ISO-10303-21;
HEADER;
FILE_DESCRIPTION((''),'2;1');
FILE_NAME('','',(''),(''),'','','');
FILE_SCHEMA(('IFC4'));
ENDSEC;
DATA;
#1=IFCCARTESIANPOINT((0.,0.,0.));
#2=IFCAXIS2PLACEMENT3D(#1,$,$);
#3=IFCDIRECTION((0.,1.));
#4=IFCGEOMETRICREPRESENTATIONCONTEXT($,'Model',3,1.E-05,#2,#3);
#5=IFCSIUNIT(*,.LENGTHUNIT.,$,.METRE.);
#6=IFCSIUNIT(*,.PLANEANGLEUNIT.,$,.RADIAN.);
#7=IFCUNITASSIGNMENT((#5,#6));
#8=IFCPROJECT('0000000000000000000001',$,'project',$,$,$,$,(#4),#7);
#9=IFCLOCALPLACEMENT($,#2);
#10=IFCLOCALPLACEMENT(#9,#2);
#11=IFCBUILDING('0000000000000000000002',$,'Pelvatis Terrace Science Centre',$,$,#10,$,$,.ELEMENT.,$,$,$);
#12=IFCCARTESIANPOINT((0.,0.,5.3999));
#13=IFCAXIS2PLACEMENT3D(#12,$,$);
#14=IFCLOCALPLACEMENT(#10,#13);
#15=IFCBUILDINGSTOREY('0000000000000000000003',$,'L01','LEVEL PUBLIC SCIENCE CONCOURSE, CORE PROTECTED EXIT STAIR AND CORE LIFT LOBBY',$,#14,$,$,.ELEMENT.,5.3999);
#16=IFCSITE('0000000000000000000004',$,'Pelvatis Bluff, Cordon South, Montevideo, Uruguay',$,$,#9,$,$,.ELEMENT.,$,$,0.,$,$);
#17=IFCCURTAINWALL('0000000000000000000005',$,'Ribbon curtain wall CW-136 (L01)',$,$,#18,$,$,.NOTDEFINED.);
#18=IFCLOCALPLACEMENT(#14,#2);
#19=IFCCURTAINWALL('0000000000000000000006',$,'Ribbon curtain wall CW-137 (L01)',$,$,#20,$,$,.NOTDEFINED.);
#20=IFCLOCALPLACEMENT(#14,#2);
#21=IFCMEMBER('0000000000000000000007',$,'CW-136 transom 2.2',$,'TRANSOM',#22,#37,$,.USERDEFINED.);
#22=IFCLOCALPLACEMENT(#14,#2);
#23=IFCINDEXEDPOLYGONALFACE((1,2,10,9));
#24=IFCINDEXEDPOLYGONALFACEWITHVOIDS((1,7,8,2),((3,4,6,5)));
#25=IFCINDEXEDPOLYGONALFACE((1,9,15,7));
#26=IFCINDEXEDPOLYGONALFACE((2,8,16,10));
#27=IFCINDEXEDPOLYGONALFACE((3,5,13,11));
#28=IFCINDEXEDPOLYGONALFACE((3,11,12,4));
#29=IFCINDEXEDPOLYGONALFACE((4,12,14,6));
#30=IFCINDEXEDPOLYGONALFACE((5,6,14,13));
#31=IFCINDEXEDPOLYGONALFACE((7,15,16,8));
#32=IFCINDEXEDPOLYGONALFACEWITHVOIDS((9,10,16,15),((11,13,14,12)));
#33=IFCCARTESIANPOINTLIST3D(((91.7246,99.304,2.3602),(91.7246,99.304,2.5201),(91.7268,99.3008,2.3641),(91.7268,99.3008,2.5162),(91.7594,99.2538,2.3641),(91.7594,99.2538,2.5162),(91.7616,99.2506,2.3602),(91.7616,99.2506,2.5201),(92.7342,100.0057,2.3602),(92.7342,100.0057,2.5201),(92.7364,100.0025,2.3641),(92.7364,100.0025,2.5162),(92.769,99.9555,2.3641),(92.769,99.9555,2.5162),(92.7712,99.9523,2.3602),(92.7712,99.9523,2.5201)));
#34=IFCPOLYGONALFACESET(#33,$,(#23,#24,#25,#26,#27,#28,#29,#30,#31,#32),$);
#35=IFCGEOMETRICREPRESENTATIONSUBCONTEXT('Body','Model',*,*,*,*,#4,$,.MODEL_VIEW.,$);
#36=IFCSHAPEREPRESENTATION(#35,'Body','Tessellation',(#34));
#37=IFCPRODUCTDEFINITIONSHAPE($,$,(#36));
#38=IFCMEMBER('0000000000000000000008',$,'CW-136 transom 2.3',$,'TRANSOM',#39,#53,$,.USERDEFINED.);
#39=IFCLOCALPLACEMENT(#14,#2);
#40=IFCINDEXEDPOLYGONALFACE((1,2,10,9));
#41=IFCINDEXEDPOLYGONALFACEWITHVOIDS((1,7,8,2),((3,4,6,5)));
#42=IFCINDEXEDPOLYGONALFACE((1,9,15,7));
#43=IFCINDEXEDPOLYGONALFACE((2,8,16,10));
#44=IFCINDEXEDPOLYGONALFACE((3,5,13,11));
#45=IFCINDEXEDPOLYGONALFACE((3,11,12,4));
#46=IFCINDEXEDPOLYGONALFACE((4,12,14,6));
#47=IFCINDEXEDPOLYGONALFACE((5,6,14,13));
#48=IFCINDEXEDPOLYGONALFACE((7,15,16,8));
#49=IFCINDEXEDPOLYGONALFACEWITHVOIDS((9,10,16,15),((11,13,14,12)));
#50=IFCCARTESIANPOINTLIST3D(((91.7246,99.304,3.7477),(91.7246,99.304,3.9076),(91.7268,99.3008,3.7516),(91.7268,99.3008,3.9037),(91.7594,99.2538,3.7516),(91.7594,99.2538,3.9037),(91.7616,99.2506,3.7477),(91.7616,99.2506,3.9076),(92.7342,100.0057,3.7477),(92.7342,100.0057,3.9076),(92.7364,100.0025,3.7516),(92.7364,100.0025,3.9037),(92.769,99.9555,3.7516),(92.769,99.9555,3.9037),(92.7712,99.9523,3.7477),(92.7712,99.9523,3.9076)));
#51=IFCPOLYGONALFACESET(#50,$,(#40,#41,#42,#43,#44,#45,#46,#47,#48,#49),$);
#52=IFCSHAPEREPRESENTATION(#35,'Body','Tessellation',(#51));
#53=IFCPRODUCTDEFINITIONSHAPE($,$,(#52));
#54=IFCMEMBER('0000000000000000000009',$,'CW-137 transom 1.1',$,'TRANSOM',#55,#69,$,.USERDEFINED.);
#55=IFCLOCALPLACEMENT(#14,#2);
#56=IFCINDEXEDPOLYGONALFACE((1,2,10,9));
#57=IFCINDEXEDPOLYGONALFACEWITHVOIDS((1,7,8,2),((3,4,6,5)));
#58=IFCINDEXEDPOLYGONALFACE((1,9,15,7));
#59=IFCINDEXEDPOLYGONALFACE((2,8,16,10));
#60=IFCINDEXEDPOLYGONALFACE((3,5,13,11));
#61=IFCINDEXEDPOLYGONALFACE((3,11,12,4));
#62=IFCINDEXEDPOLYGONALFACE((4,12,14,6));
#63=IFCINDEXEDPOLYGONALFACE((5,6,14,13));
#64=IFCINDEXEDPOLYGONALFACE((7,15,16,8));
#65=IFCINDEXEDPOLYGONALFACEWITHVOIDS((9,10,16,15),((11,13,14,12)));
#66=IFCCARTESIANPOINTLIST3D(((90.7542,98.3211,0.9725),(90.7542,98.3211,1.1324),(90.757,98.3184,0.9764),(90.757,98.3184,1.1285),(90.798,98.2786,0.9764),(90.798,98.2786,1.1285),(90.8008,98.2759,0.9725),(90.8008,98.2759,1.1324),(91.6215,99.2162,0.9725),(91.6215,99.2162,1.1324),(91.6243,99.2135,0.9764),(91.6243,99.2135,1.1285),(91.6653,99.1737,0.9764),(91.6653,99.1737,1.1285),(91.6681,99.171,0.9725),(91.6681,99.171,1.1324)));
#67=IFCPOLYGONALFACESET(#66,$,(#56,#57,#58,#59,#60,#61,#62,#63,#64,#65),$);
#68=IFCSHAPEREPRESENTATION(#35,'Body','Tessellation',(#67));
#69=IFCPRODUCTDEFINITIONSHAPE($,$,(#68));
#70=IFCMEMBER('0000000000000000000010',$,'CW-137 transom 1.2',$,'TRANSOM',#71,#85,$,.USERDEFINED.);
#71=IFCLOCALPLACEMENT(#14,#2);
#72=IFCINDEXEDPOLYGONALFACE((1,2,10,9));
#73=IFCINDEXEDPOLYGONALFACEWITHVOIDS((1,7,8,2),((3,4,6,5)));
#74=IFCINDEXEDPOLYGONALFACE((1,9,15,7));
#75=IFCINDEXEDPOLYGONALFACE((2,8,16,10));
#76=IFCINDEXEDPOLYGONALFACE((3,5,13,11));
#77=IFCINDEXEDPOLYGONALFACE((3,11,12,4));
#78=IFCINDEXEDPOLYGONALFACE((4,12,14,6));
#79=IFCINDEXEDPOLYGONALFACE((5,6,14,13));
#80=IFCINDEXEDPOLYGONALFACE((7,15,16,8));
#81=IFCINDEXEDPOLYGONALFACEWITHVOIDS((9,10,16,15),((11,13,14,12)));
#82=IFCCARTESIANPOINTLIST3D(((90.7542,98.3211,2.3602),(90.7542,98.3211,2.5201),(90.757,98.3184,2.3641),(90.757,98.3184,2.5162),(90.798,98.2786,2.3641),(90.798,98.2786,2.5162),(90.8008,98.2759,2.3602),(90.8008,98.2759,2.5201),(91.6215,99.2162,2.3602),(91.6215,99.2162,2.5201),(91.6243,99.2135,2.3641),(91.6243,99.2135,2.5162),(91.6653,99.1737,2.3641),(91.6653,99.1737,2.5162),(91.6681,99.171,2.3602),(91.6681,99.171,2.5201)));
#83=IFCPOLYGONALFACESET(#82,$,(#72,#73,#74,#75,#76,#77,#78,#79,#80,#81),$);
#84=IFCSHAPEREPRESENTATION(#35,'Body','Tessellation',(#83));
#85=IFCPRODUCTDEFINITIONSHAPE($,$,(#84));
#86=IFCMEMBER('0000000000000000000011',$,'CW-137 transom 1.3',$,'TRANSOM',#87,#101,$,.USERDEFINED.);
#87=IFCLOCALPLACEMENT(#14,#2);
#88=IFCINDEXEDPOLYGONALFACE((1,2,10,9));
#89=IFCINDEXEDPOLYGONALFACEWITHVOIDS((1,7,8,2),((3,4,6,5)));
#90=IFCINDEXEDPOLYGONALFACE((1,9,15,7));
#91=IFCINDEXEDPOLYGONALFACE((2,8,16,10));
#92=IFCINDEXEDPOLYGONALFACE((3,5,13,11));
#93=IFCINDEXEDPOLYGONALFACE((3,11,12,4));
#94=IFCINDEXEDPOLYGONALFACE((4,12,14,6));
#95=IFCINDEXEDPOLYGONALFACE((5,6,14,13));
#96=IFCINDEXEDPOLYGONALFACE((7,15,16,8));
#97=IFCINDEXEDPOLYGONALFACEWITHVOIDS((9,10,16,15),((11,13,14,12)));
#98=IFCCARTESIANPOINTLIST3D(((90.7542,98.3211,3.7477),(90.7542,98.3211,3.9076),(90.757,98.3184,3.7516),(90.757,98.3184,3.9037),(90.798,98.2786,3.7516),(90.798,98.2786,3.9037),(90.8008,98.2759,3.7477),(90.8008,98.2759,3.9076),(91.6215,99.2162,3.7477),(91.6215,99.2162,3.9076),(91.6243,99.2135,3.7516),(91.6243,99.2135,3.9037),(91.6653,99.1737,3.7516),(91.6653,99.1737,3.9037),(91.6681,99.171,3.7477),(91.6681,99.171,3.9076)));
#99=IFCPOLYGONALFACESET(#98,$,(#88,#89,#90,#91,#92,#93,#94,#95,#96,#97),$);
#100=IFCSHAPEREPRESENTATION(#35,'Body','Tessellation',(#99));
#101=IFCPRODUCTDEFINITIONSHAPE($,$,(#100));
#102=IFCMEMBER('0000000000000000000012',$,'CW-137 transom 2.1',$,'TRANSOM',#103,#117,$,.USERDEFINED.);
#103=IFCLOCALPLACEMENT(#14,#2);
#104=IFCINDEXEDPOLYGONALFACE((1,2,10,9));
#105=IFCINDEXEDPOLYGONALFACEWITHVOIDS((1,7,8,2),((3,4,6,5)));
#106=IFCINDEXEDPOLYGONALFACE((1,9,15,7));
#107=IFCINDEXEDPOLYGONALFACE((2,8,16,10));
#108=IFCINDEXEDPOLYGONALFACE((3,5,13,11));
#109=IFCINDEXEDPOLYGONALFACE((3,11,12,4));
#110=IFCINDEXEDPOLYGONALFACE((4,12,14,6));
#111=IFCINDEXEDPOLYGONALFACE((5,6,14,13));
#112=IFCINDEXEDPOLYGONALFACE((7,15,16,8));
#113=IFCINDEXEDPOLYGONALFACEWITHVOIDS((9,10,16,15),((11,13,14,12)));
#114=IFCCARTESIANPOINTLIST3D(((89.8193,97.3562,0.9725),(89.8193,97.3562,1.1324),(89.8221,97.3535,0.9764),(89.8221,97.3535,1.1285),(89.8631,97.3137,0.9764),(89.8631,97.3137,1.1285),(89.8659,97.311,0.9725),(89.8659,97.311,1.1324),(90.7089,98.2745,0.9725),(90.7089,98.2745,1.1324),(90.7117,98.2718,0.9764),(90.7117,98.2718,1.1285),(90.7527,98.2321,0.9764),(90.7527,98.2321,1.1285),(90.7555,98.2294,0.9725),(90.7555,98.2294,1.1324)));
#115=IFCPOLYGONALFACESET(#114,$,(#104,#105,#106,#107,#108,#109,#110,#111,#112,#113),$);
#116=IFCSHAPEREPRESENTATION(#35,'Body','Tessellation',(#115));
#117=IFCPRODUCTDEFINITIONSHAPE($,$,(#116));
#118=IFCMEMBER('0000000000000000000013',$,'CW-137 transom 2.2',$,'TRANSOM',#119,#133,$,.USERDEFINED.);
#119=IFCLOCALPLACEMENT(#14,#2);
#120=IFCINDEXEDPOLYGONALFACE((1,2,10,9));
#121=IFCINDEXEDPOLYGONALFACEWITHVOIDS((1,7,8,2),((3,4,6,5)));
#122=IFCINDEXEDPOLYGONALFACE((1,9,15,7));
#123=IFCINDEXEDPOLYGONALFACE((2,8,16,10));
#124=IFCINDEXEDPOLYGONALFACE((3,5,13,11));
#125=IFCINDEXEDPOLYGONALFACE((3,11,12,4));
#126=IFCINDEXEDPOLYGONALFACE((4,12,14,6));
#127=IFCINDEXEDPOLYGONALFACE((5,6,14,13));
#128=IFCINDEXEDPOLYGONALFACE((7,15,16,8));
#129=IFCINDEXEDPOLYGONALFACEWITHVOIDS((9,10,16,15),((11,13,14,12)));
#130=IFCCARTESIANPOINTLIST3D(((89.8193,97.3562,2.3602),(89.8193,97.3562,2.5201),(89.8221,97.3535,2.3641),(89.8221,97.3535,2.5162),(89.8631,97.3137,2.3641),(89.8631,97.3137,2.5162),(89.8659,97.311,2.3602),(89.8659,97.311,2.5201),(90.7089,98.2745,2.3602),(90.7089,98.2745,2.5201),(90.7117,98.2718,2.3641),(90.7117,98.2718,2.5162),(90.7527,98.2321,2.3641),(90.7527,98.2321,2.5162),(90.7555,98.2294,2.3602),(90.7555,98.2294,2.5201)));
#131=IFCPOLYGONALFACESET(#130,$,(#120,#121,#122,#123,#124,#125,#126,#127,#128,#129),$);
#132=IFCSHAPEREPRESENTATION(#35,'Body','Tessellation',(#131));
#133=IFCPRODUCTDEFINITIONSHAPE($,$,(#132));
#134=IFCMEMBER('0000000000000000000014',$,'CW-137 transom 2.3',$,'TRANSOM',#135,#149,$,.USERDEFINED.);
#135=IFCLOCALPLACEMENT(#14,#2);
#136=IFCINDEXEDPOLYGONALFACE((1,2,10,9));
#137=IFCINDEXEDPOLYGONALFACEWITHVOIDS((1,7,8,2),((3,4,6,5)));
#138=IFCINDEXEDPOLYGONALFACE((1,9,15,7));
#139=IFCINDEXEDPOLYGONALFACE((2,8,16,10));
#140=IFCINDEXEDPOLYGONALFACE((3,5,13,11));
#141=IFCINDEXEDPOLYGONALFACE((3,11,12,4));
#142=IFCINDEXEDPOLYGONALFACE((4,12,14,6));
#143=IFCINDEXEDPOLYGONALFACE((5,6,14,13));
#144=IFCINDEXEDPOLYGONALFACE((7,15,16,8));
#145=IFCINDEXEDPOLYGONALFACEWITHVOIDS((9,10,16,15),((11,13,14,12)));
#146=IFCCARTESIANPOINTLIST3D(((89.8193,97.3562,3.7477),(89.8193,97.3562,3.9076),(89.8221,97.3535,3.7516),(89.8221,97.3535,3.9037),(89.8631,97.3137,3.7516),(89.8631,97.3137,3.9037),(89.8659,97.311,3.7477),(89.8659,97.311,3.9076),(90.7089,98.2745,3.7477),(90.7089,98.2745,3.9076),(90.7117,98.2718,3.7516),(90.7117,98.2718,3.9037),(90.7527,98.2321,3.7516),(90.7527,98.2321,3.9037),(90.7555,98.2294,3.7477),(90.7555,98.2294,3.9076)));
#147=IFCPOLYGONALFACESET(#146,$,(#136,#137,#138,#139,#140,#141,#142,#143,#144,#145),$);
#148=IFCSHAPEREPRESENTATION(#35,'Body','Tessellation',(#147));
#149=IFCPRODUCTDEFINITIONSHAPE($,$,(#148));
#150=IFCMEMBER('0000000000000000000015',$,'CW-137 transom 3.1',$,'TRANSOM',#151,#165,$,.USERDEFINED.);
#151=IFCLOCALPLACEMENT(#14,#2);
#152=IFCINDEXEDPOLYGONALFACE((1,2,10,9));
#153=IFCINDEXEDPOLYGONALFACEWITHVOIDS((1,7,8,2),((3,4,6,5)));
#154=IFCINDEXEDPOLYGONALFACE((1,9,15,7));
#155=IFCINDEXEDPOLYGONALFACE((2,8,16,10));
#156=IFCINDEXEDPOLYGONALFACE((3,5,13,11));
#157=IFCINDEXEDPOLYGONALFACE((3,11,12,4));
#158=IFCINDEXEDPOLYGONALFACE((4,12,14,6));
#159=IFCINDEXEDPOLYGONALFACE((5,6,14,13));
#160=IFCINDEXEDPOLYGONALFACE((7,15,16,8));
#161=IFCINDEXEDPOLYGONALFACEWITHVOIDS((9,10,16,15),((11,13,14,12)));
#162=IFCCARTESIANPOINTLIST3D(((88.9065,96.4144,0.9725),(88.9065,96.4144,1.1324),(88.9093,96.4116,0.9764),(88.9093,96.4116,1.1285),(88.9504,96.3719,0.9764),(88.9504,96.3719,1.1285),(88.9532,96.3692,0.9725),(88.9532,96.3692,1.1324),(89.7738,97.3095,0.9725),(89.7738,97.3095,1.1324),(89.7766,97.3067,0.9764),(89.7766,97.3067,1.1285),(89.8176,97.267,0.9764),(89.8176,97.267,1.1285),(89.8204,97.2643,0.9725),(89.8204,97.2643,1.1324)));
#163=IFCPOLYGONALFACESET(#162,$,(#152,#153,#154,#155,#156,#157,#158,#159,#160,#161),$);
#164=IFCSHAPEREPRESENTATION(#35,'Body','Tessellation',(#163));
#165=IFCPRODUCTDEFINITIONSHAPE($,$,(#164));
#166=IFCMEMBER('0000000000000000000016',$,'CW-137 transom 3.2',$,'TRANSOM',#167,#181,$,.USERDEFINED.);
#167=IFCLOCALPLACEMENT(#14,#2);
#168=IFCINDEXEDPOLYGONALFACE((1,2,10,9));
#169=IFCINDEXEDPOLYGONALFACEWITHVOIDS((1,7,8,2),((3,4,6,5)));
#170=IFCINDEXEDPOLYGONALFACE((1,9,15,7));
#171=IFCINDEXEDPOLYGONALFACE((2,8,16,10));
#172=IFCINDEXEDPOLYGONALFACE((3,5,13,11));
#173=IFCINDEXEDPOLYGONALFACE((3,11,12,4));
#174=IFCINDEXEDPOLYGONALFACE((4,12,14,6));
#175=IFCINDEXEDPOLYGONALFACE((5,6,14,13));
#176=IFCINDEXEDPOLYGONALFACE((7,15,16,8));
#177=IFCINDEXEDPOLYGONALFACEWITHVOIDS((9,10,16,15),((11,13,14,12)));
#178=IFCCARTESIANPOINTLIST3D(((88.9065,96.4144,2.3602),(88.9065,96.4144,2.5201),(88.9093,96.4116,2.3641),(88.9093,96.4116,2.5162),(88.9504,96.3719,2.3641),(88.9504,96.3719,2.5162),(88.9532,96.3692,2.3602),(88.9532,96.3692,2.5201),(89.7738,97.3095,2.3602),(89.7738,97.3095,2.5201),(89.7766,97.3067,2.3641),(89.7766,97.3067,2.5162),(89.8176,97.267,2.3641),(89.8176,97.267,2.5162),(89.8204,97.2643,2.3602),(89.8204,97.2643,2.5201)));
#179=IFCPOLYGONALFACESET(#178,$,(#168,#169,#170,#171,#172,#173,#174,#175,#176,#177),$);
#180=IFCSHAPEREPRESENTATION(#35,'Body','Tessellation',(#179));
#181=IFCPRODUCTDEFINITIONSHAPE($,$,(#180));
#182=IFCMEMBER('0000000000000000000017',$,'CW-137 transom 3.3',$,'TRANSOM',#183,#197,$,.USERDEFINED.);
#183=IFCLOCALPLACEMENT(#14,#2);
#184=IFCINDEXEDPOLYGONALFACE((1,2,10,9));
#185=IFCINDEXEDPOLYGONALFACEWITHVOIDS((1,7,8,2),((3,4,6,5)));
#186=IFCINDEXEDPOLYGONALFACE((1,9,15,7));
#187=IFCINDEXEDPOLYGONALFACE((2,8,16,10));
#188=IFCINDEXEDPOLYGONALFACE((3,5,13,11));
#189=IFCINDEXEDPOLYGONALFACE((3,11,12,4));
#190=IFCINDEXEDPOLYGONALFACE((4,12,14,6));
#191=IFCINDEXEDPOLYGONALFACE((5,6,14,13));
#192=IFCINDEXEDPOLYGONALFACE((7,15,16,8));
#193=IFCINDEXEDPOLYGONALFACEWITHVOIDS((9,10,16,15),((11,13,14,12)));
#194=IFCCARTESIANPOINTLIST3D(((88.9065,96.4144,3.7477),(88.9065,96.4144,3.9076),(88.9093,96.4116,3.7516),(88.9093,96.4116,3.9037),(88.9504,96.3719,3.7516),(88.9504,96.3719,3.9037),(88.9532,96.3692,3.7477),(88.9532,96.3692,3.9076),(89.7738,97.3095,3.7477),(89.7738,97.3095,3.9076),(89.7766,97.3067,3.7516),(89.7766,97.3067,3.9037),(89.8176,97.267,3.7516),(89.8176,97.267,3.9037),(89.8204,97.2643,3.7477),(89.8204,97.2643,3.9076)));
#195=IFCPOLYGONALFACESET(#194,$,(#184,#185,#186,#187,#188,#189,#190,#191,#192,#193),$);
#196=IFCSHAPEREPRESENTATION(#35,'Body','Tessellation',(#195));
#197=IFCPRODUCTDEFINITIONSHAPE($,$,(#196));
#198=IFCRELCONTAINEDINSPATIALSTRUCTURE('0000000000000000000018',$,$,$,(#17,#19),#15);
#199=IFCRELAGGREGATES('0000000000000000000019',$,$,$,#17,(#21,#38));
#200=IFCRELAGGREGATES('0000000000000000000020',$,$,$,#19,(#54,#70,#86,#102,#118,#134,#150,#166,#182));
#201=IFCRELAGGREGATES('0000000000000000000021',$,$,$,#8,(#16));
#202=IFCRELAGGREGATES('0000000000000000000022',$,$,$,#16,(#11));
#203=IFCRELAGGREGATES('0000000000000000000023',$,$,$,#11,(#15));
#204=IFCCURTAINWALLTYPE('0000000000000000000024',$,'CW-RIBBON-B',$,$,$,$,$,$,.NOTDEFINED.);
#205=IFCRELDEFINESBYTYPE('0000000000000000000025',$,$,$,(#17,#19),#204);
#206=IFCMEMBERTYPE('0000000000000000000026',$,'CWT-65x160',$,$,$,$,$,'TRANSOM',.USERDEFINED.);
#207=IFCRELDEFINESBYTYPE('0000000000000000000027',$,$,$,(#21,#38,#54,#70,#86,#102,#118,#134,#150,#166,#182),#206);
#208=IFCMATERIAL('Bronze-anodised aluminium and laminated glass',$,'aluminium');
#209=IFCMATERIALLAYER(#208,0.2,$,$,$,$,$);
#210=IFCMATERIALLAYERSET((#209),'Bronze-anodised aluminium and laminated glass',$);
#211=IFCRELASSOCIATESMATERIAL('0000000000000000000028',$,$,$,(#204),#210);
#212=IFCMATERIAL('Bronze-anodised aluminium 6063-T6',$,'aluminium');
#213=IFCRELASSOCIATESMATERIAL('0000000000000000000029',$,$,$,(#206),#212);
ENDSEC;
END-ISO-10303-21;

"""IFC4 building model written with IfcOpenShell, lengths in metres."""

from ifc_helpers import new_model, si_unit, direction, frame, origin, origin_2d, place, context, subcontext, project, spatial, hollow_rectangle, extrude, material, layer, layer_set, material_profile, profile_set, type_object, element, aggregate, save


model = new_model("IFC4")

# Units and contexts
model_context = context("Model", 3, precision=1e-05, world=origin(), true_north=direction((0.0, 1.0)))
body_context = subcontext(model_context, "Body", "Model", "MODEL_VIEW")
ifc_project = project(units=[si_unit("LENGTHUNIT", "METRE"), si_unit("PLANEANGLEUNIT", "RADIAN")], contexts=[model_context])

# Site, building, storey
site_placement = place(None, origin())
site = spatial("IfcSite", under=ifc_project, at=site_placement, Name="Pelvatis Bluff, Cordon South, Montevideo, Uruguay", CompositionType="ELEMENT", RefElevation=0.0)
building_placement = place(site_placement, origin())
building = spatial("IfcBuilding", under=site, at=building_placement, Name="Pelvatis Terrace Science Centre", CompositionType="ELEMENT")
storey_placement = place(building_placement, frame((0.0, 0.0, 5.3999)))
storey = spatial("IfcBuildingStorey", under=building, at=storey_placement, Name="L01", Description="LEVEL PUBLIC SCIENCE CONCOURSE, CORE PROTECTED EXIT STAIR AND CORE LIFT LOBBY", CompositionType="ELEMENT", Elevation=5.3999)

# Curtain walls
ifc_material_1 = material(Name="Bronze-anodised aluminium and laminated glass", Category="aluminium")
ifc_layer_1 = layer(ifc_material_1, 0.2)
ifc_layer_set_1 = layer_set([ifc_layer_1], Name="Bronze-anodised aluminium and laminated glass")
curtain_wall_type = type_object("IfcCurtainWallType", Name="CW-RIBBON-B", PredefinedType="NOTDEFINED", material=ifc_layer_set_1)
curtain_wall_1_placement = place(storey_placement, origin())
curtain_wall_1 = element("IfcCurtainWall", 1, at=curtain_wall_1_placement, inside=storey, type_object=curtain_wall_type, Name="Ribbon curtain wall CW-136 (L01)", PredefinedType="NOTDEFINED")
curtain_wall_2_placement = place(storey_placement, origin())
curtain_wall_2 = element("IfcCurtainWall", 2, at=curtain_wall_2_placement, inside=storey, type_object=curtain_wall_type, Name="Ribbon curtain wall CW-137 (L01)", PredefinedType="NOTDEFINED")

# Members
ifc_material_2 = material(Name="Bronze-anodised aluminium 6063-T6", Category="aluminium")
ifc_material_profile_1 = material_profile(ifc_material_2, hollow_rectangle(XDim=0.0649, YDim=0.1599, WallThickness=0.0039, at=origin_2d()), Name="ALU-TRN 65x160")
ifc_profile_set_1 = profile_set([ifc_material_profile_1], Name="Bronze-anodised aluminium 6063-T6")
member_type_1 = type_object("IfcMemberType", Name="CWT-65x160", ElementType="TRANSOM", PredefinedType="USERDEFINED", material=ifc_profile_set_1)
member_1_placement = place(storey_placement, frame((92.7527, 99.979, 2.4402), z_axis=(-0.82114, -0.570727, 0.0), x_axis=(0.570727, -0.82114, 0.0)))
member_1 = element("IfcMember", 3, at=member_1_placement, type_object=member_type_1, Name="CW-136 transom 2.2", ObjectType="TRANSOM", PredefinedType="USERDEFINED", context=body_context, shape_type="SweptSolid", body=[
    extrude(hollow_rectangle(XDim=0.0649, YDim=0.1599, WallThickness=0.0039, at=origin_2d()), origin(), (0.0, 0.0, 1.0), 1.2295),
])
member_2_placement = place(storey_placement, frame((92.7527, 99.979, 3.8276), z_axis=(-0.82114, -0.570727, 0.0), x_axis=(0.570727, -0.82114, 0.0)))
member_2 = element("IfcMember", 4, at=member_2_placement, type_object=member_type_1, Name="CW-136 transom 2.3", ObjectType="TRANSOM", PredefinedType="USERDEFINED", context=body_context, shape_type="SweptSolid", body=[
    extrude(hollow_rectangle(XDim=0.0649, YDim=0.1599, WallThickness=0.0039, at=origin_2d()), origin(), (0.0, 0.0, 1.0), 1.2295),
])
member_3_placement = place(storey_placement, frame((91.6448, 99.1936, 1.0525), z_axis=(-0.695852, -0.718185, 0.0), x_axis=(0.718185, -0.695852, 0.0)))
member_3 = element("IfcMember", 5, at=member_3_placement, type_object=member_type_1, Name="CW-137 transom 1.1", ObjectType="TRANSOM", PredefinedType="USERDEFINED", context=body_context, shape_type="SweptSolid", body=[
    extrude(hollow_rectangle(XDim=0.0649, YDim=0.1599, WallThickness=0.0039, at=origin_2d()), origin(), (0.0, 0.0, 1.0), 1.2463),
])
member_4_placement = place(storey_placement, frame((91.6448, 99.1936, 2.4402), z_axis=(-0.695852, -0.718185, 0.0), x_axis=(0.718185, -0.695852, 0.0)))
member_4 = element("IfcMember", 6, at=member_4_placement, type_object=member_type_1, Name="CW-137 transom 1.2", ObjectType="TRANSOM", PredefinedType="USERDEFINED", context=body_context, shape_type="SweptSolid", body=[
    extrude(hollow_rectangle(XDim=0.0649, YDim=0.1599, WallThickness=0.0039, at=origin_2d()), origin(), (0.0, 0.0, 1.0), 1.2463),
])
member_5_placement = place(storey_placement, frame((91.6448, 99.1936, 3.8276), z_axis=(-0.695852, -0.718185, 0.0), x_axis=(0.718185, -0.695852, 0.0)))
member_5 = element("IfcMember", 7, at=member_5_placement, type_object=member_type_1, Name="CW-137 transom 1.3", ObjectType="TRANSOM", PredefinedType="USERDEFINED", context=body_context, shape_type="SweptSolid", body=[
    extrude(hollow_rectangle(XDim=0.0649, YDim=0.1599, WallThickness=0.0039, at=origin_2d()), origin(), (0.0, 0.0, 1.0), 1.2463),
])
member_6_placement = place(storey_placement, frame((90.7322, 98.252, 1.0525), z_axis=(-0.695752, -0.718282, 0.0), x_axis=(0.718282, -0.695752, 0.0)))
member_6 = element("IfcMember", 8, at=member_6_placement, type_object=member_type_1, Name="CW-137 transom 2.1", ObjectType="TRANSOM", PredefinedType="USERDEFINED", context=body_context, shape_type="SweptSolid", body=[
    extrude(hollow_rectangle(XDim=0.0649, YDim=0.1599, WallThickness=0.0039, at=origin_2d()), origin(), (0.0, 0.0, 1.0), 1.2786),
])
member_7_placement = place(storey_placement, frame((90.7322, 98.252, 2.4402), z_axis=(-0.695752, -0.718282, 0.0), x_axis=(0.718282, -0.695752, 0.0)))
member_7 = element("IfcMember", 9, at=member_7_placement, type_object=member_type_1, Name="CW-137 transom 2.2", ObjectType="TRANSOM", PredefinedType="USERDEFINED", context=body_context, shape_type="SweptSolid", body=[
    extrude(hollow_rectangle(XDim=0.0649, YDim=0.1599, WallThickness=0.0039, at=origin_2d()), origin(), (0.0, 0.0, 1.0), 1.2786),
])
member_8_placement = place(storey_placement, frame((90.7322, 98.252, 3.8276), z_axis=(-0.695752, -0.718282, 0.0), x_axis=(0.718282, -0.695752, 0.0)))
member_8 = element("IfcMember", 10, at=member_8_placement, type_object=member_type_1, Name="CW-137 transom 2.3", ObjectType="TRANSOM", PredefinedType="USERDEFINED", context=body_context, shape_type="SweptSolid", body=[
    extrude(hollow_rectangle(XDim=0.0649, YDim=0.1599, WallThickness=0.0039, at=origin_2d()), origin(), (0.0, 0.0, 1.0), 1.2786),
])
member_9_placement = place(storey_placement, frame((89.7971, 97.2869, 1.0525), z_axis=(-0.695852, -0.718185, 0.0), x_axis=(0.718185, -0.695852, 0.0)))
member_9 = element("IfcMember", 11, at=member_9_placement, type_object=member_type_1, Name="CW-137 transom 3.1", ObjectType="TRANSOM", PredefinedType="USERDEFINED", context=body_context, shape_type="SweptSolid", body=[
    extrude(hollow_rectangle(XDim=0.0649, YDim=0.1599, WallThickness=0.0039, at=origin_2d()), origin(), (0.0, 0.0, 1.0), 1.2463),
])
member_10_placement = place(storey_placement, frame((89.7971, 97.2869, 2.4402), z_axis=(-0.695852, -0.718185, 0.0), x_axis=(0.718185, -0.695852, 0.0)))
member_10 = element("IfcMember", 12, at=member_10_placement, type_object=member_type_1, Name="CW-137 transom 3.2", ObjectType="TRANSOM", PredefinedType="USERDEFINED", context=body_context, shape_type="SweptSolid", body=[
    extrude(hollow_rectangle(XDim=0.0649, YDim=0.1599, WallThickness=0.0039, at=origin_2d()), origin(), (0.0, 0.0, 1.0), 1.2463),
])
member_11_placement = place(storey_placement, frame((89.7971, 97.2869, 3.8276), z_axis=(-0.695852, -0.718185, 0.0), x_axis=(0.718185, -0.695852, 0.0)))
member_11 = element("IfcMember", 13, at=member_11_placement, type_object=member_type_1, Name="CW-137 transom 3.3", ObjectType="TRANSOM", PredefinedType="USERDEFINED", context=body_context, shape_type="SweptSolid", body=[
    extrude(hollow_rectangle(XDim=0.0649, YDim=0.1599, WallThickness=0.0039, at=origin_2d()), origin(), (0.0, 0.0, 1.0), 1.2463),
])

aggregate(curtain_wall_1, [member_1, member_2])
aggregate(curtain_wall_2, [member_3, member_4, member_5, member_6, member_7, member_8, member_9, member_10, member_11])

save(model, "model.ifc")
